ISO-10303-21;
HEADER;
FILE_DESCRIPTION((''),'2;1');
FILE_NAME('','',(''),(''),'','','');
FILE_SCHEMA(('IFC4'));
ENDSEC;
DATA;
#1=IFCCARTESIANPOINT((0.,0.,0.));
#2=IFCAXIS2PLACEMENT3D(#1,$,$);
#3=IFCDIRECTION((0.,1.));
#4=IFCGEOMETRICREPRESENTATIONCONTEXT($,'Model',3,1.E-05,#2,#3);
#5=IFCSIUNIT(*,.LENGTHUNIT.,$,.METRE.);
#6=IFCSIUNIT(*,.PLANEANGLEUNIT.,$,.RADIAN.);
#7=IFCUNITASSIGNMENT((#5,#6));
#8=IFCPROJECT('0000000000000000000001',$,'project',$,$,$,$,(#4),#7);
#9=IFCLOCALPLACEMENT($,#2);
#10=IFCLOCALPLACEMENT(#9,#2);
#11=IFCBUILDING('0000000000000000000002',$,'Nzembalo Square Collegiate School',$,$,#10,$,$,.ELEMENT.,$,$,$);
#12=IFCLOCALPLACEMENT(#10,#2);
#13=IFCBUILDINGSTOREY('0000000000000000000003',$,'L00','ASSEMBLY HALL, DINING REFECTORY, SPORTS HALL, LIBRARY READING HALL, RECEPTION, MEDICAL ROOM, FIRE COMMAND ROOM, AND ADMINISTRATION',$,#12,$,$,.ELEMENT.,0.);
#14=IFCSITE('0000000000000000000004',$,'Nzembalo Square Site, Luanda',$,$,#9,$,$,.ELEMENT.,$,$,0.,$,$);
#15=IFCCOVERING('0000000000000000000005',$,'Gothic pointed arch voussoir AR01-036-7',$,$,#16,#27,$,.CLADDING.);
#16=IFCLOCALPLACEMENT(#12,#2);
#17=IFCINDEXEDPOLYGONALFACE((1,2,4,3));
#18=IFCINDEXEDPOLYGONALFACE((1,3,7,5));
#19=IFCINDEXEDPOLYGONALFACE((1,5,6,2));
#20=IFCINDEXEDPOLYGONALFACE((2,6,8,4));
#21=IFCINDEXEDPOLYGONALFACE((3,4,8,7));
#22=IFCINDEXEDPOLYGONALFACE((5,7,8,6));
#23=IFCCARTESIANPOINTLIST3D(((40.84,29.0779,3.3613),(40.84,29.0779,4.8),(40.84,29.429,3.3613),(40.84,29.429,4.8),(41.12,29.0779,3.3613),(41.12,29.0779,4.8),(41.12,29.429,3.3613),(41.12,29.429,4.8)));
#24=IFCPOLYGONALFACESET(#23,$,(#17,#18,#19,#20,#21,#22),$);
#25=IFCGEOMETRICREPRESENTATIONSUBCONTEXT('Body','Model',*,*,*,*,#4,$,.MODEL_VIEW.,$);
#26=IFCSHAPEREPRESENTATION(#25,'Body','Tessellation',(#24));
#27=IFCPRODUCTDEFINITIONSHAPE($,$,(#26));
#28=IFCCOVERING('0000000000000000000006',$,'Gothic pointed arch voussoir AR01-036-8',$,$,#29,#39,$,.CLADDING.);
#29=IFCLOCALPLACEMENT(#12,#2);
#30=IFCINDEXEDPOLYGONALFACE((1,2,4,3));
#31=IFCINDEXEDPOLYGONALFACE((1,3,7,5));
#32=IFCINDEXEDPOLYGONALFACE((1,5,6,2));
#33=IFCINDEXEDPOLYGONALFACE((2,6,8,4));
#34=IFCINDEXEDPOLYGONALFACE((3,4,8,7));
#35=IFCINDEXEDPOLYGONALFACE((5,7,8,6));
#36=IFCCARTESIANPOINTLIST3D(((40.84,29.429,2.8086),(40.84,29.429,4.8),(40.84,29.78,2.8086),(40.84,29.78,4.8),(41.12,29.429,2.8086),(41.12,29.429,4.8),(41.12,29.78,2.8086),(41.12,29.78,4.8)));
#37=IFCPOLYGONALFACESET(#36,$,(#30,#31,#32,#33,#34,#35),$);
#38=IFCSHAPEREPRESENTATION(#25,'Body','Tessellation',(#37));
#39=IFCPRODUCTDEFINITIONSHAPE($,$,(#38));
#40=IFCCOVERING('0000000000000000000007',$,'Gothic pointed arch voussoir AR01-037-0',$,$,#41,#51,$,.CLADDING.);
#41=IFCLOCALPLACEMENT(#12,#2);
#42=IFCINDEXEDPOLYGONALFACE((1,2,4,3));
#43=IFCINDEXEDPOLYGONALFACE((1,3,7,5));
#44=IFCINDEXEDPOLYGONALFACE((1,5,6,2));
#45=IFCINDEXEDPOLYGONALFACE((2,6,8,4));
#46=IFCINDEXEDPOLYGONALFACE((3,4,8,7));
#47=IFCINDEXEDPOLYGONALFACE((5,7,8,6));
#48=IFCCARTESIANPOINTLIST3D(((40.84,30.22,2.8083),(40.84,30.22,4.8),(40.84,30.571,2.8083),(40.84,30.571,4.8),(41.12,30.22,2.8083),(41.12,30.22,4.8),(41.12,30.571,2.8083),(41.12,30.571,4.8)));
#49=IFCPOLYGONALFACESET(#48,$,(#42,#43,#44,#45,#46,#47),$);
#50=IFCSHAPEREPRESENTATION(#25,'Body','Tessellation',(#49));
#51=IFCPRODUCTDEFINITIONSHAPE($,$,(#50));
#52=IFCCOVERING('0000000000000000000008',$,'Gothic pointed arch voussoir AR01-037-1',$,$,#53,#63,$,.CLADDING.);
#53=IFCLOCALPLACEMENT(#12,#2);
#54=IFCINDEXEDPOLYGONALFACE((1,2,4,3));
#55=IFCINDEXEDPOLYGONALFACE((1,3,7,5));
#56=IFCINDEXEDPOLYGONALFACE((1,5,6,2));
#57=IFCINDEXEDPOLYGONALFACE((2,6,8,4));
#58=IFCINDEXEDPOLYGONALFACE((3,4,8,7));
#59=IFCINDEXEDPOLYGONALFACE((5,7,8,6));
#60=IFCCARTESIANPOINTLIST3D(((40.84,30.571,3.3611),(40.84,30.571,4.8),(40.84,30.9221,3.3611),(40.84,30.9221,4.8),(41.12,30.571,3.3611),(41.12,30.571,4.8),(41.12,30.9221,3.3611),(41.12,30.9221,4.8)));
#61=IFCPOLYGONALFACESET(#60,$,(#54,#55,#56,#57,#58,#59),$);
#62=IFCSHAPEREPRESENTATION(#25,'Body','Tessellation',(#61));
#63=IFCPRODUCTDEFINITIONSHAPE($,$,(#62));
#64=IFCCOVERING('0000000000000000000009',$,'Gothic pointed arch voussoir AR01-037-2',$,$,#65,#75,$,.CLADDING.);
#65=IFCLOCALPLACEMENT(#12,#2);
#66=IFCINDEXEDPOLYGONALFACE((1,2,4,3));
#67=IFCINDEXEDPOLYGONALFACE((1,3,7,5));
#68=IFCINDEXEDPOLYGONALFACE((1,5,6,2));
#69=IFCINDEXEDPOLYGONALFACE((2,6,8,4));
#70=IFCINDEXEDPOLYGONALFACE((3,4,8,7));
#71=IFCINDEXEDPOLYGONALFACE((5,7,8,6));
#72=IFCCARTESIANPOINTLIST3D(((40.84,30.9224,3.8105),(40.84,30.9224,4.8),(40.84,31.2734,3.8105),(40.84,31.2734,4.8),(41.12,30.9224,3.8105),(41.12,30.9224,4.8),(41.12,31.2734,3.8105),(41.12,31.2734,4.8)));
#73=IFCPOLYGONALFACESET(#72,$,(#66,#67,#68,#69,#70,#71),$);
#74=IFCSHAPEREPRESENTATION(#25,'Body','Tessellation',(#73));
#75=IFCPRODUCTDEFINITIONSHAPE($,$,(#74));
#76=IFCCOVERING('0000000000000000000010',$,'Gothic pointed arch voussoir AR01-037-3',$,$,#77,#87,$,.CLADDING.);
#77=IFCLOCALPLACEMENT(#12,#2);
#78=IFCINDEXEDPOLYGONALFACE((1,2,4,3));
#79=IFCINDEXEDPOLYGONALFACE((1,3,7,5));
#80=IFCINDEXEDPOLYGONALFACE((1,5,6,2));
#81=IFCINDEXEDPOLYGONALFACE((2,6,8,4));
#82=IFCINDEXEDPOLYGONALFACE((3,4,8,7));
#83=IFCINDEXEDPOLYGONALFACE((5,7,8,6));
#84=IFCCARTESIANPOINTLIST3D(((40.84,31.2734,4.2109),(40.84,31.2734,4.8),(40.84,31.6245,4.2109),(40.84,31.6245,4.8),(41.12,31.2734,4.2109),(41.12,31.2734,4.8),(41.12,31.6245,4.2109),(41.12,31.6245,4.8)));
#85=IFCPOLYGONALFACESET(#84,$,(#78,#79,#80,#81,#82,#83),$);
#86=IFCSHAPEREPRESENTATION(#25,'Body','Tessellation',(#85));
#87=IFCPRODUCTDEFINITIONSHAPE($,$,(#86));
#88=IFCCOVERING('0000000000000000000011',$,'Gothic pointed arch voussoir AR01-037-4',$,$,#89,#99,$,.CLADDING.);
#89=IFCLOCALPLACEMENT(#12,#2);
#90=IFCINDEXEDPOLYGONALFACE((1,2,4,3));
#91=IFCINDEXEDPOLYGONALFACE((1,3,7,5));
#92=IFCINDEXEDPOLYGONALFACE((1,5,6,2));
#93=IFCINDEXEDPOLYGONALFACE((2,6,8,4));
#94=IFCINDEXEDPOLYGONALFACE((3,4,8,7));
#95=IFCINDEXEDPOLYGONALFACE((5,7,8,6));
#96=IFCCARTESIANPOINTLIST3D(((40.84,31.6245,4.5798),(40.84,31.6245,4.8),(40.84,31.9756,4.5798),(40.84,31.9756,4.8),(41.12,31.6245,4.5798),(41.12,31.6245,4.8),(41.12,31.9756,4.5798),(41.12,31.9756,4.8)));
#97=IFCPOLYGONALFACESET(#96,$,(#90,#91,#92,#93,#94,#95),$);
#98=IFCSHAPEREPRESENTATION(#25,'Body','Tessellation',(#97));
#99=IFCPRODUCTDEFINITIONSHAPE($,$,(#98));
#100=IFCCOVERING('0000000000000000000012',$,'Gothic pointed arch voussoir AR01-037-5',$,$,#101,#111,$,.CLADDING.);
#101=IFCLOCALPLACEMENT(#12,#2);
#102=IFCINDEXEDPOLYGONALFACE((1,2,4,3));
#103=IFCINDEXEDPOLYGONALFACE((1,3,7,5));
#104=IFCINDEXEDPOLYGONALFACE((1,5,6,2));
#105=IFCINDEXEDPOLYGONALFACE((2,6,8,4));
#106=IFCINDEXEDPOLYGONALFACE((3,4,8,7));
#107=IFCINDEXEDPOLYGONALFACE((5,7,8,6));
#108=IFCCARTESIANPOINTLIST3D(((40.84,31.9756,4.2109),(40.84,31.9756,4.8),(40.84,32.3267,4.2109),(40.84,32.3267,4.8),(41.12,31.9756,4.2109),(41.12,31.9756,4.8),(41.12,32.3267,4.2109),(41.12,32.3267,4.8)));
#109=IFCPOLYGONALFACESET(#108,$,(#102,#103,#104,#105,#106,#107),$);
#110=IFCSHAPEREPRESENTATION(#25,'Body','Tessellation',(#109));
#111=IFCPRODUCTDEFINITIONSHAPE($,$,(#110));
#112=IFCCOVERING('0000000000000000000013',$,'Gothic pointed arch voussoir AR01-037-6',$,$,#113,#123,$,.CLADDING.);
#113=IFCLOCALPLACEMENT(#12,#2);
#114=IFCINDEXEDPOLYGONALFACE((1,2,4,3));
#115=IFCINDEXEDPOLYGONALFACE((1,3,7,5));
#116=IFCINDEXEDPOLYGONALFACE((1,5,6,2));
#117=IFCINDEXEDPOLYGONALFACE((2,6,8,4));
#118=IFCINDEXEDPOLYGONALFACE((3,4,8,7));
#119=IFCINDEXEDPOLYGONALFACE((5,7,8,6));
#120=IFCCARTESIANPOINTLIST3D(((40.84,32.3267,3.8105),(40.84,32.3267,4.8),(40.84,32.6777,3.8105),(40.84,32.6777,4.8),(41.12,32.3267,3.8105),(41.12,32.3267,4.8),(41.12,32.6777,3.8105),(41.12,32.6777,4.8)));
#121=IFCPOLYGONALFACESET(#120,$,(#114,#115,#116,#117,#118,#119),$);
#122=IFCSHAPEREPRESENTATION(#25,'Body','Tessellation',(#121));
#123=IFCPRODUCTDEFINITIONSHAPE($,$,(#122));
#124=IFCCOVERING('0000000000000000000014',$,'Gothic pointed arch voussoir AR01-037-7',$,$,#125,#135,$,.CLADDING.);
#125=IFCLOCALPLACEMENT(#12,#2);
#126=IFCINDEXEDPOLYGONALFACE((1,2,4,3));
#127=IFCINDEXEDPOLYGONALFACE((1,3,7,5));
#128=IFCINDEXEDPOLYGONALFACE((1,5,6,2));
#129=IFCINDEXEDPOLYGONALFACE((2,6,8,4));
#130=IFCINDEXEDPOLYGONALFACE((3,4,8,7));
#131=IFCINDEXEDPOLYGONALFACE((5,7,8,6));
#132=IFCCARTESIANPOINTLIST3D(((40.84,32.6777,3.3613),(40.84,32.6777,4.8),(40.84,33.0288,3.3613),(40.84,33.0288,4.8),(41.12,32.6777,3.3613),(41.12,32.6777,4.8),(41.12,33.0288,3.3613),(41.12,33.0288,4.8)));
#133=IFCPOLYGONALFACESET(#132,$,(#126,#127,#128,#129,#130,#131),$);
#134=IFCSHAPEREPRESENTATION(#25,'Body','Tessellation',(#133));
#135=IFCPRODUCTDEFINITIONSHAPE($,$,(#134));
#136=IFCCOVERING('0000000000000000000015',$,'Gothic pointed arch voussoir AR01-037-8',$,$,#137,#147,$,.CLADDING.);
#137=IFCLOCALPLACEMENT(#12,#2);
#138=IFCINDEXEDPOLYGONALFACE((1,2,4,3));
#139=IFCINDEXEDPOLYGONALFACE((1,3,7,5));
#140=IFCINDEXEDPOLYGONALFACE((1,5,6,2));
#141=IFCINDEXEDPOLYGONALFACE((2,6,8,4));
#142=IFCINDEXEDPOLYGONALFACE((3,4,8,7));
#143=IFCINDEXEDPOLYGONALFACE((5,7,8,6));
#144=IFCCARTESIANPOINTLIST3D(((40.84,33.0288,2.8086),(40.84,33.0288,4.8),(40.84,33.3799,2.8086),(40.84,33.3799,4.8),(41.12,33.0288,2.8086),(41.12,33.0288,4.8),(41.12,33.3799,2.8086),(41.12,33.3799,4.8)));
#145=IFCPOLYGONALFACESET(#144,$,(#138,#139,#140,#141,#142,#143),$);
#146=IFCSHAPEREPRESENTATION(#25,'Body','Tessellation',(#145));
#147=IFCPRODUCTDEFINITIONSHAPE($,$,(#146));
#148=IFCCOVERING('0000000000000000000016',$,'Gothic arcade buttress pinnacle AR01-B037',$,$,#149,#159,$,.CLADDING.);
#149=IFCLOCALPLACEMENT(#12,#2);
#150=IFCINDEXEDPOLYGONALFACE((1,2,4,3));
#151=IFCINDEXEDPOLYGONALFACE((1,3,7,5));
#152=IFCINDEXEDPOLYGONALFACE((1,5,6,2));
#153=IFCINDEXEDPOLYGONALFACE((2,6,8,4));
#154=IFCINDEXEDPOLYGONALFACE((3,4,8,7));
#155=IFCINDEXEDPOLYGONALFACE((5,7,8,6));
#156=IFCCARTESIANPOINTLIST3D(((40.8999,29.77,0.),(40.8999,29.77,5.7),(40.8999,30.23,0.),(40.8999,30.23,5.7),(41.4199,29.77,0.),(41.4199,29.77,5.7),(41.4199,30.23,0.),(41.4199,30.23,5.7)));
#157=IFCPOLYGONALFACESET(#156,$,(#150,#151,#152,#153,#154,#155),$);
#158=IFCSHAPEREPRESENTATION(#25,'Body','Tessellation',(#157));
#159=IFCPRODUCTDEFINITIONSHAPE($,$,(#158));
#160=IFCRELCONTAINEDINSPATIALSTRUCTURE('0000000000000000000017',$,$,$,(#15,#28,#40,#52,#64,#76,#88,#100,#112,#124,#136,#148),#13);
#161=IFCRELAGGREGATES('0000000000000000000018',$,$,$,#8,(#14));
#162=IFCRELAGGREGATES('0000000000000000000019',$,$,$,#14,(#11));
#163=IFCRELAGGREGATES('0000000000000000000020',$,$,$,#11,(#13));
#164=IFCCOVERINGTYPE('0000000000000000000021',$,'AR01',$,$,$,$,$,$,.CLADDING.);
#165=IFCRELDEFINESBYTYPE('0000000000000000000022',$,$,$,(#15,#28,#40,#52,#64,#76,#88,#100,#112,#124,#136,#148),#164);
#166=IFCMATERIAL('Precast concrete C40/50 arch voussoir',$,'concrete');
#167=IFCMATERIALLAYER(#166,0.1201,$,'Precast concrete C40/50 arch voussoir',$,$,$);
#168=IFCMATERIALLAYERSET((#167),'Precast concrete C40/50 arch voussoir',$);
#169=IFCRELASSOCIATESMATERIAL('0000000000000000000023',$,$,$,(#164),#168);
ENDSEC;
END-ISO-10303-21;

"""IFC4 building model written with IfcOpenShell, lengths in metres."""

from ifc_helpers import new_model, si_unit, direction, frame, origin, origin_2d, place, context, subcontext, project, spatial, rectangle, extrude, material, layer, layer_set, type_object, element, save


model = new_model("IFC4")

# Units and contexts
model_context = context("Model", 3, precision=1e-05, world=origin(), true_north=direction((0.0, 1.0)))
body_context = subcontext(model_context, "Body", "Model", "MODEL_VIEW")
ifc_project = project(units=[si_unit("LENGTHUNIT", "METRE"), si_unit("PLANEANGLEUNIT", "RADIAN")], contexts=[model_context])

# Site, building, storey
site_placement = place(None, origin())
site = spatial("IfcSite", under=ifc_project, at=site_placement, Name="Nzembalo Square Site, Luanda", CompositionType="ELEMENT", RefElevation=0.0)
building_placement = place(site_placement, origin())
building = spatial("IfcBuilding", under=site, at=building_placement, Name="Nzembalo Square Collegiate School", CompositionType="ELEMENT")
storey_placement = place(building_placement, origin())
storey = spatial("IfcBuildingStorey", under=building, at=storey_placement, Name="L00", Description="ASSEMBLY HALL, DINING REFECTORY, SPORTS HALL, LIBRARY READING HALL, RECEPTION, MEDICAL ROOM, FIRE COMMAND ROOM, AND ADMINISTRATION", CompositionType="ELEMENT", Elevation=0.0)

# Coverings
ifc_material_1 = material(Name="Precast concrete C40/50 arch voussoir", Category="concrete")
ifc_layer_1 = layer(ifc_material_1, 0.1201, Name="Precast concrete C40/50 arch voussoir")
ifc_layer_set_1 = layer_set([ifc_layer_1], Name="Precast concrete C40/50 arch voussoir")
covering_type = type_object("IfcCoveringType", Name="AR01", PredefinedType="CLADDING", material=ifc_layer_set_1)
covering_1_placement = place(storey_placement, frame((40.98, 29.2534, 3.3613), z_axis=(0.0, 0.0, 1.0), x_axis=(1.0, 0.0, 0.0)))
element("IfcCovering", 1, at=covering_1_placement, inside=storey, type_object=covering_type, Name="Gothic pointed arch voussoir AR01-036-7", PredefinedType="CLADDING", context=body_context, shape_type="SweptSolid", body=[
    extrude(rectangle(XDim=0.28, YDim=0.3511, at=origin_2d()), origin(), (0.0, 0.0, 1.0), 1.4387),
])
covering_2_placement = place(storey_placement, frame((40.98, 29.6045, 2.8086), z_axis=(0.0, 0.0, 1.0), x_axis=(1.0, 0.0, 0.0)))
element("IfcCovering", 2, at=covering_2_placement, inside=storey, type_object=covering_type, Name="Gothic pointed arch voussoir AR01-036-8", PredefinedType="CLADDING", context=body_context, shape_type="SweptSolid", body=[
    extrude(rectangle(XDim=0.28, YDim=0.3511, at=origin_2d()), origin(), (0.0, 0.0, 1.0), 1.9915),
])
covering_3_placement = place(storey_placement, frame((40.98, 30.3955, 2.8083), z_axis=(0.0, 0.0, 1.0), x_axis=(1.0, 0.0, 0.0)))
element("IfcCovering", 3, at=covering_3_placement, inside=storey, type_object=covering_type, Name="Gothic pointed arch voussoir AR01-037-0", PredefinedType="CLADDING", context=body_context, shape_type="SweptSolid", body=[
    extrude(rectangle(XDim=0.28, YDim=0.3511, at=origin_2d()), origin(), (0.0, 0.0, 1.0), 1.9917),
])
covering_4_placement = place(storey_placement, frame((40.98, 30.7466, 3.3611), z_axis=(0.0, 0.0, 1.0), x_axis=(1.0, 0.0, 0.0)))
element("IfcCovering", 4, at=covering_4_placement, inside=storey, type_object=covering_type, Name="Gothic pointed arch voussoir AR01-037-1", PredefinedType="CLADDING", context=body_context, shape_type="SweptSolid", body=[
    extrude(rectangle(XDim=0.28, YDim=0.3511, at=origin_2d()), origin(), (0.0, 0.0, 1.0), 1.439),
])
covering_5_placement = place(storey_placement, frame((40.98, 31.0979, 3.8105), z_axis=(0.0, 0.0, 1.0), x_axis=(1.0, 0.0, 0.0)))
element("IfcCovering", 5, at=covering_5_placement, inside=storey, type_object=covering_type, Name="Gothic pointed arch voussoir AR01-037-2", PredefinedType="CLADDING", context=body_context, shape_type="SweptSolid", body=[
    extrude(rectangle(XDim=0.28, YDim=0.3511, at=origin_2d()), origin(), (0.0, 0.0, 1.0), 0.9895),
])
covering_6_placement = place(storey_placement, frame((40.98, 31.449, 4.2109), z_axis=(0.0, 0.0, 1.0), x_axis=(1.0, 0.0, 0.0)))
element("IfcCovering", 6, at=covering_6_placement, inside=storey, type_object=covering_type, Name="Gothic pointed arch voussoir AR01-037-3", PredefinedType="CLADDING", context=body_context, shape_type="SweptSolid", body=[
    extrude(rectangle(XDim=0.28, YDim=0.3511, at=origin_2d()), origin(), (0.0, 0.0, 1.0), 0.5891),
])
covering_7_placement = place(storey_placement, frame((40.98, 31.8, 4.5798), z_axis=(0.0, 0.0, 1.0), x_axis=(1.0, 0.0, 0.0)))
element("IfcCovering", 7, at=covering_7_placement, inside=storey, type_object=covering_type, Name="Gothic pointed arch voussoir AR01-037-4", PredefinedType="CLADDING", context=body_context, shape_type="SweptSolid", body=[
    extrude(rectangle(XDim=0.28, YDim=0.3511, at=origin_2d()), origin(), (0.0, 0.0, 1.0), 0.2202),
])
covering_8_placement = place(storey_placement, frame((40.98, 32.1511, 4.2109), z_axis=(0.0, 0.0, 1.0), x_axis=(1.0, 0.0, 0.0)))
element("IfcCovering", 8, at=covering_8_placement, inside=storey, type_object=covering_type, Name="Gothic pointed arch voussoir AR01-037-5", PredefinedType="CLADDING", context=body_context, shape_type="SweptSolid", body=[
    extrude(rectangle(XDim=0.28, YDim=0.3511, at=origin_2d()), origin(), (0.0, 0.0, 1.0), 0.5891),
])
covering_9_placement = place(storey_placement, frame((40.98, 32.5022, 3.8105), z_axis=(0.0, 0.0, 1.0), x_axis=(1.0, 0.0, 0.0)))
element("IfcCovering", 9, at=covering_9_placement, inside=storey, type_object=covering_type, Name="Gothic pointed arch voussoir AR01-037-6", PredefinedType="CLADDING", context=body_context, shape_type="SweptSolid", body=[
    extrude(rectangle(XDim=0.28, YDim=0.3511, at=origin_2d()), origin(), (0.0, 0.0, 1.0), 0.9895),
])
covering_10_placement = place(storey_placement, frame((40.98, 32.8533, 3.3613), z_axis=(0.0, 0.0, 1.0), x_axis=(1.0, 0.0, 0.0)))
element("IfcCovering", 10, at=covering_10_placement, inside=storey, type_object=covering_type, Name="Gothic pointed arch voussoir AR01-037-7", PredefinedType="CLADDING", context=body_context, shape_type="SweptSolid", body=[
    extrude(rectangle(XDim=0.28, YDim=0.3511, at=origin_2d()), origin(), (0.0, 0.0, 1.0), 1.4387),
])
covering_11_placement = place(storey_placement, frame((40.98, 33.2043, 2.8086), z_axis=(0.0, 0.0, 1.0), x_axis=(1.0, 0.0, 0.0)))
element("IfcCovering", 11, at=covering_11_placement, inside=storey, type_object=covering_type, Name="Gothic pointed arch voussoir AR01-037-8", PredefinedType="CLADDING", context=body_context, shape_type="SweptSolid", body=[
    extrude(rectangle(XDim=0.28, YDim=0.3511, at=origin_2d()), origin(), (0.0, 0.0, 1.0), 1.9915),
])
covering_12_placement = place(storey_placement, frame((41.1599, 30.0, 0.0), z_axis=(0.0, 0.0, 1.0), x_axis=(1.0, 0.0, 0.0)))
element("IfcCovering", 12, at=covering_12_placement, inside=storey, type_object=covering_type, Name="Gothic arcade buttress pinnacle AR01-B037", PredefinedType="CLADDING", context=body_context, shape_type="SweptSolid", body=[
    extrude(rectangle(XDim=0.52, YDim=0.46, at=origin_2d()), origin(), (0.0, 0.0, 1.0), 5.7),
])

save(model, "model.ifc")
